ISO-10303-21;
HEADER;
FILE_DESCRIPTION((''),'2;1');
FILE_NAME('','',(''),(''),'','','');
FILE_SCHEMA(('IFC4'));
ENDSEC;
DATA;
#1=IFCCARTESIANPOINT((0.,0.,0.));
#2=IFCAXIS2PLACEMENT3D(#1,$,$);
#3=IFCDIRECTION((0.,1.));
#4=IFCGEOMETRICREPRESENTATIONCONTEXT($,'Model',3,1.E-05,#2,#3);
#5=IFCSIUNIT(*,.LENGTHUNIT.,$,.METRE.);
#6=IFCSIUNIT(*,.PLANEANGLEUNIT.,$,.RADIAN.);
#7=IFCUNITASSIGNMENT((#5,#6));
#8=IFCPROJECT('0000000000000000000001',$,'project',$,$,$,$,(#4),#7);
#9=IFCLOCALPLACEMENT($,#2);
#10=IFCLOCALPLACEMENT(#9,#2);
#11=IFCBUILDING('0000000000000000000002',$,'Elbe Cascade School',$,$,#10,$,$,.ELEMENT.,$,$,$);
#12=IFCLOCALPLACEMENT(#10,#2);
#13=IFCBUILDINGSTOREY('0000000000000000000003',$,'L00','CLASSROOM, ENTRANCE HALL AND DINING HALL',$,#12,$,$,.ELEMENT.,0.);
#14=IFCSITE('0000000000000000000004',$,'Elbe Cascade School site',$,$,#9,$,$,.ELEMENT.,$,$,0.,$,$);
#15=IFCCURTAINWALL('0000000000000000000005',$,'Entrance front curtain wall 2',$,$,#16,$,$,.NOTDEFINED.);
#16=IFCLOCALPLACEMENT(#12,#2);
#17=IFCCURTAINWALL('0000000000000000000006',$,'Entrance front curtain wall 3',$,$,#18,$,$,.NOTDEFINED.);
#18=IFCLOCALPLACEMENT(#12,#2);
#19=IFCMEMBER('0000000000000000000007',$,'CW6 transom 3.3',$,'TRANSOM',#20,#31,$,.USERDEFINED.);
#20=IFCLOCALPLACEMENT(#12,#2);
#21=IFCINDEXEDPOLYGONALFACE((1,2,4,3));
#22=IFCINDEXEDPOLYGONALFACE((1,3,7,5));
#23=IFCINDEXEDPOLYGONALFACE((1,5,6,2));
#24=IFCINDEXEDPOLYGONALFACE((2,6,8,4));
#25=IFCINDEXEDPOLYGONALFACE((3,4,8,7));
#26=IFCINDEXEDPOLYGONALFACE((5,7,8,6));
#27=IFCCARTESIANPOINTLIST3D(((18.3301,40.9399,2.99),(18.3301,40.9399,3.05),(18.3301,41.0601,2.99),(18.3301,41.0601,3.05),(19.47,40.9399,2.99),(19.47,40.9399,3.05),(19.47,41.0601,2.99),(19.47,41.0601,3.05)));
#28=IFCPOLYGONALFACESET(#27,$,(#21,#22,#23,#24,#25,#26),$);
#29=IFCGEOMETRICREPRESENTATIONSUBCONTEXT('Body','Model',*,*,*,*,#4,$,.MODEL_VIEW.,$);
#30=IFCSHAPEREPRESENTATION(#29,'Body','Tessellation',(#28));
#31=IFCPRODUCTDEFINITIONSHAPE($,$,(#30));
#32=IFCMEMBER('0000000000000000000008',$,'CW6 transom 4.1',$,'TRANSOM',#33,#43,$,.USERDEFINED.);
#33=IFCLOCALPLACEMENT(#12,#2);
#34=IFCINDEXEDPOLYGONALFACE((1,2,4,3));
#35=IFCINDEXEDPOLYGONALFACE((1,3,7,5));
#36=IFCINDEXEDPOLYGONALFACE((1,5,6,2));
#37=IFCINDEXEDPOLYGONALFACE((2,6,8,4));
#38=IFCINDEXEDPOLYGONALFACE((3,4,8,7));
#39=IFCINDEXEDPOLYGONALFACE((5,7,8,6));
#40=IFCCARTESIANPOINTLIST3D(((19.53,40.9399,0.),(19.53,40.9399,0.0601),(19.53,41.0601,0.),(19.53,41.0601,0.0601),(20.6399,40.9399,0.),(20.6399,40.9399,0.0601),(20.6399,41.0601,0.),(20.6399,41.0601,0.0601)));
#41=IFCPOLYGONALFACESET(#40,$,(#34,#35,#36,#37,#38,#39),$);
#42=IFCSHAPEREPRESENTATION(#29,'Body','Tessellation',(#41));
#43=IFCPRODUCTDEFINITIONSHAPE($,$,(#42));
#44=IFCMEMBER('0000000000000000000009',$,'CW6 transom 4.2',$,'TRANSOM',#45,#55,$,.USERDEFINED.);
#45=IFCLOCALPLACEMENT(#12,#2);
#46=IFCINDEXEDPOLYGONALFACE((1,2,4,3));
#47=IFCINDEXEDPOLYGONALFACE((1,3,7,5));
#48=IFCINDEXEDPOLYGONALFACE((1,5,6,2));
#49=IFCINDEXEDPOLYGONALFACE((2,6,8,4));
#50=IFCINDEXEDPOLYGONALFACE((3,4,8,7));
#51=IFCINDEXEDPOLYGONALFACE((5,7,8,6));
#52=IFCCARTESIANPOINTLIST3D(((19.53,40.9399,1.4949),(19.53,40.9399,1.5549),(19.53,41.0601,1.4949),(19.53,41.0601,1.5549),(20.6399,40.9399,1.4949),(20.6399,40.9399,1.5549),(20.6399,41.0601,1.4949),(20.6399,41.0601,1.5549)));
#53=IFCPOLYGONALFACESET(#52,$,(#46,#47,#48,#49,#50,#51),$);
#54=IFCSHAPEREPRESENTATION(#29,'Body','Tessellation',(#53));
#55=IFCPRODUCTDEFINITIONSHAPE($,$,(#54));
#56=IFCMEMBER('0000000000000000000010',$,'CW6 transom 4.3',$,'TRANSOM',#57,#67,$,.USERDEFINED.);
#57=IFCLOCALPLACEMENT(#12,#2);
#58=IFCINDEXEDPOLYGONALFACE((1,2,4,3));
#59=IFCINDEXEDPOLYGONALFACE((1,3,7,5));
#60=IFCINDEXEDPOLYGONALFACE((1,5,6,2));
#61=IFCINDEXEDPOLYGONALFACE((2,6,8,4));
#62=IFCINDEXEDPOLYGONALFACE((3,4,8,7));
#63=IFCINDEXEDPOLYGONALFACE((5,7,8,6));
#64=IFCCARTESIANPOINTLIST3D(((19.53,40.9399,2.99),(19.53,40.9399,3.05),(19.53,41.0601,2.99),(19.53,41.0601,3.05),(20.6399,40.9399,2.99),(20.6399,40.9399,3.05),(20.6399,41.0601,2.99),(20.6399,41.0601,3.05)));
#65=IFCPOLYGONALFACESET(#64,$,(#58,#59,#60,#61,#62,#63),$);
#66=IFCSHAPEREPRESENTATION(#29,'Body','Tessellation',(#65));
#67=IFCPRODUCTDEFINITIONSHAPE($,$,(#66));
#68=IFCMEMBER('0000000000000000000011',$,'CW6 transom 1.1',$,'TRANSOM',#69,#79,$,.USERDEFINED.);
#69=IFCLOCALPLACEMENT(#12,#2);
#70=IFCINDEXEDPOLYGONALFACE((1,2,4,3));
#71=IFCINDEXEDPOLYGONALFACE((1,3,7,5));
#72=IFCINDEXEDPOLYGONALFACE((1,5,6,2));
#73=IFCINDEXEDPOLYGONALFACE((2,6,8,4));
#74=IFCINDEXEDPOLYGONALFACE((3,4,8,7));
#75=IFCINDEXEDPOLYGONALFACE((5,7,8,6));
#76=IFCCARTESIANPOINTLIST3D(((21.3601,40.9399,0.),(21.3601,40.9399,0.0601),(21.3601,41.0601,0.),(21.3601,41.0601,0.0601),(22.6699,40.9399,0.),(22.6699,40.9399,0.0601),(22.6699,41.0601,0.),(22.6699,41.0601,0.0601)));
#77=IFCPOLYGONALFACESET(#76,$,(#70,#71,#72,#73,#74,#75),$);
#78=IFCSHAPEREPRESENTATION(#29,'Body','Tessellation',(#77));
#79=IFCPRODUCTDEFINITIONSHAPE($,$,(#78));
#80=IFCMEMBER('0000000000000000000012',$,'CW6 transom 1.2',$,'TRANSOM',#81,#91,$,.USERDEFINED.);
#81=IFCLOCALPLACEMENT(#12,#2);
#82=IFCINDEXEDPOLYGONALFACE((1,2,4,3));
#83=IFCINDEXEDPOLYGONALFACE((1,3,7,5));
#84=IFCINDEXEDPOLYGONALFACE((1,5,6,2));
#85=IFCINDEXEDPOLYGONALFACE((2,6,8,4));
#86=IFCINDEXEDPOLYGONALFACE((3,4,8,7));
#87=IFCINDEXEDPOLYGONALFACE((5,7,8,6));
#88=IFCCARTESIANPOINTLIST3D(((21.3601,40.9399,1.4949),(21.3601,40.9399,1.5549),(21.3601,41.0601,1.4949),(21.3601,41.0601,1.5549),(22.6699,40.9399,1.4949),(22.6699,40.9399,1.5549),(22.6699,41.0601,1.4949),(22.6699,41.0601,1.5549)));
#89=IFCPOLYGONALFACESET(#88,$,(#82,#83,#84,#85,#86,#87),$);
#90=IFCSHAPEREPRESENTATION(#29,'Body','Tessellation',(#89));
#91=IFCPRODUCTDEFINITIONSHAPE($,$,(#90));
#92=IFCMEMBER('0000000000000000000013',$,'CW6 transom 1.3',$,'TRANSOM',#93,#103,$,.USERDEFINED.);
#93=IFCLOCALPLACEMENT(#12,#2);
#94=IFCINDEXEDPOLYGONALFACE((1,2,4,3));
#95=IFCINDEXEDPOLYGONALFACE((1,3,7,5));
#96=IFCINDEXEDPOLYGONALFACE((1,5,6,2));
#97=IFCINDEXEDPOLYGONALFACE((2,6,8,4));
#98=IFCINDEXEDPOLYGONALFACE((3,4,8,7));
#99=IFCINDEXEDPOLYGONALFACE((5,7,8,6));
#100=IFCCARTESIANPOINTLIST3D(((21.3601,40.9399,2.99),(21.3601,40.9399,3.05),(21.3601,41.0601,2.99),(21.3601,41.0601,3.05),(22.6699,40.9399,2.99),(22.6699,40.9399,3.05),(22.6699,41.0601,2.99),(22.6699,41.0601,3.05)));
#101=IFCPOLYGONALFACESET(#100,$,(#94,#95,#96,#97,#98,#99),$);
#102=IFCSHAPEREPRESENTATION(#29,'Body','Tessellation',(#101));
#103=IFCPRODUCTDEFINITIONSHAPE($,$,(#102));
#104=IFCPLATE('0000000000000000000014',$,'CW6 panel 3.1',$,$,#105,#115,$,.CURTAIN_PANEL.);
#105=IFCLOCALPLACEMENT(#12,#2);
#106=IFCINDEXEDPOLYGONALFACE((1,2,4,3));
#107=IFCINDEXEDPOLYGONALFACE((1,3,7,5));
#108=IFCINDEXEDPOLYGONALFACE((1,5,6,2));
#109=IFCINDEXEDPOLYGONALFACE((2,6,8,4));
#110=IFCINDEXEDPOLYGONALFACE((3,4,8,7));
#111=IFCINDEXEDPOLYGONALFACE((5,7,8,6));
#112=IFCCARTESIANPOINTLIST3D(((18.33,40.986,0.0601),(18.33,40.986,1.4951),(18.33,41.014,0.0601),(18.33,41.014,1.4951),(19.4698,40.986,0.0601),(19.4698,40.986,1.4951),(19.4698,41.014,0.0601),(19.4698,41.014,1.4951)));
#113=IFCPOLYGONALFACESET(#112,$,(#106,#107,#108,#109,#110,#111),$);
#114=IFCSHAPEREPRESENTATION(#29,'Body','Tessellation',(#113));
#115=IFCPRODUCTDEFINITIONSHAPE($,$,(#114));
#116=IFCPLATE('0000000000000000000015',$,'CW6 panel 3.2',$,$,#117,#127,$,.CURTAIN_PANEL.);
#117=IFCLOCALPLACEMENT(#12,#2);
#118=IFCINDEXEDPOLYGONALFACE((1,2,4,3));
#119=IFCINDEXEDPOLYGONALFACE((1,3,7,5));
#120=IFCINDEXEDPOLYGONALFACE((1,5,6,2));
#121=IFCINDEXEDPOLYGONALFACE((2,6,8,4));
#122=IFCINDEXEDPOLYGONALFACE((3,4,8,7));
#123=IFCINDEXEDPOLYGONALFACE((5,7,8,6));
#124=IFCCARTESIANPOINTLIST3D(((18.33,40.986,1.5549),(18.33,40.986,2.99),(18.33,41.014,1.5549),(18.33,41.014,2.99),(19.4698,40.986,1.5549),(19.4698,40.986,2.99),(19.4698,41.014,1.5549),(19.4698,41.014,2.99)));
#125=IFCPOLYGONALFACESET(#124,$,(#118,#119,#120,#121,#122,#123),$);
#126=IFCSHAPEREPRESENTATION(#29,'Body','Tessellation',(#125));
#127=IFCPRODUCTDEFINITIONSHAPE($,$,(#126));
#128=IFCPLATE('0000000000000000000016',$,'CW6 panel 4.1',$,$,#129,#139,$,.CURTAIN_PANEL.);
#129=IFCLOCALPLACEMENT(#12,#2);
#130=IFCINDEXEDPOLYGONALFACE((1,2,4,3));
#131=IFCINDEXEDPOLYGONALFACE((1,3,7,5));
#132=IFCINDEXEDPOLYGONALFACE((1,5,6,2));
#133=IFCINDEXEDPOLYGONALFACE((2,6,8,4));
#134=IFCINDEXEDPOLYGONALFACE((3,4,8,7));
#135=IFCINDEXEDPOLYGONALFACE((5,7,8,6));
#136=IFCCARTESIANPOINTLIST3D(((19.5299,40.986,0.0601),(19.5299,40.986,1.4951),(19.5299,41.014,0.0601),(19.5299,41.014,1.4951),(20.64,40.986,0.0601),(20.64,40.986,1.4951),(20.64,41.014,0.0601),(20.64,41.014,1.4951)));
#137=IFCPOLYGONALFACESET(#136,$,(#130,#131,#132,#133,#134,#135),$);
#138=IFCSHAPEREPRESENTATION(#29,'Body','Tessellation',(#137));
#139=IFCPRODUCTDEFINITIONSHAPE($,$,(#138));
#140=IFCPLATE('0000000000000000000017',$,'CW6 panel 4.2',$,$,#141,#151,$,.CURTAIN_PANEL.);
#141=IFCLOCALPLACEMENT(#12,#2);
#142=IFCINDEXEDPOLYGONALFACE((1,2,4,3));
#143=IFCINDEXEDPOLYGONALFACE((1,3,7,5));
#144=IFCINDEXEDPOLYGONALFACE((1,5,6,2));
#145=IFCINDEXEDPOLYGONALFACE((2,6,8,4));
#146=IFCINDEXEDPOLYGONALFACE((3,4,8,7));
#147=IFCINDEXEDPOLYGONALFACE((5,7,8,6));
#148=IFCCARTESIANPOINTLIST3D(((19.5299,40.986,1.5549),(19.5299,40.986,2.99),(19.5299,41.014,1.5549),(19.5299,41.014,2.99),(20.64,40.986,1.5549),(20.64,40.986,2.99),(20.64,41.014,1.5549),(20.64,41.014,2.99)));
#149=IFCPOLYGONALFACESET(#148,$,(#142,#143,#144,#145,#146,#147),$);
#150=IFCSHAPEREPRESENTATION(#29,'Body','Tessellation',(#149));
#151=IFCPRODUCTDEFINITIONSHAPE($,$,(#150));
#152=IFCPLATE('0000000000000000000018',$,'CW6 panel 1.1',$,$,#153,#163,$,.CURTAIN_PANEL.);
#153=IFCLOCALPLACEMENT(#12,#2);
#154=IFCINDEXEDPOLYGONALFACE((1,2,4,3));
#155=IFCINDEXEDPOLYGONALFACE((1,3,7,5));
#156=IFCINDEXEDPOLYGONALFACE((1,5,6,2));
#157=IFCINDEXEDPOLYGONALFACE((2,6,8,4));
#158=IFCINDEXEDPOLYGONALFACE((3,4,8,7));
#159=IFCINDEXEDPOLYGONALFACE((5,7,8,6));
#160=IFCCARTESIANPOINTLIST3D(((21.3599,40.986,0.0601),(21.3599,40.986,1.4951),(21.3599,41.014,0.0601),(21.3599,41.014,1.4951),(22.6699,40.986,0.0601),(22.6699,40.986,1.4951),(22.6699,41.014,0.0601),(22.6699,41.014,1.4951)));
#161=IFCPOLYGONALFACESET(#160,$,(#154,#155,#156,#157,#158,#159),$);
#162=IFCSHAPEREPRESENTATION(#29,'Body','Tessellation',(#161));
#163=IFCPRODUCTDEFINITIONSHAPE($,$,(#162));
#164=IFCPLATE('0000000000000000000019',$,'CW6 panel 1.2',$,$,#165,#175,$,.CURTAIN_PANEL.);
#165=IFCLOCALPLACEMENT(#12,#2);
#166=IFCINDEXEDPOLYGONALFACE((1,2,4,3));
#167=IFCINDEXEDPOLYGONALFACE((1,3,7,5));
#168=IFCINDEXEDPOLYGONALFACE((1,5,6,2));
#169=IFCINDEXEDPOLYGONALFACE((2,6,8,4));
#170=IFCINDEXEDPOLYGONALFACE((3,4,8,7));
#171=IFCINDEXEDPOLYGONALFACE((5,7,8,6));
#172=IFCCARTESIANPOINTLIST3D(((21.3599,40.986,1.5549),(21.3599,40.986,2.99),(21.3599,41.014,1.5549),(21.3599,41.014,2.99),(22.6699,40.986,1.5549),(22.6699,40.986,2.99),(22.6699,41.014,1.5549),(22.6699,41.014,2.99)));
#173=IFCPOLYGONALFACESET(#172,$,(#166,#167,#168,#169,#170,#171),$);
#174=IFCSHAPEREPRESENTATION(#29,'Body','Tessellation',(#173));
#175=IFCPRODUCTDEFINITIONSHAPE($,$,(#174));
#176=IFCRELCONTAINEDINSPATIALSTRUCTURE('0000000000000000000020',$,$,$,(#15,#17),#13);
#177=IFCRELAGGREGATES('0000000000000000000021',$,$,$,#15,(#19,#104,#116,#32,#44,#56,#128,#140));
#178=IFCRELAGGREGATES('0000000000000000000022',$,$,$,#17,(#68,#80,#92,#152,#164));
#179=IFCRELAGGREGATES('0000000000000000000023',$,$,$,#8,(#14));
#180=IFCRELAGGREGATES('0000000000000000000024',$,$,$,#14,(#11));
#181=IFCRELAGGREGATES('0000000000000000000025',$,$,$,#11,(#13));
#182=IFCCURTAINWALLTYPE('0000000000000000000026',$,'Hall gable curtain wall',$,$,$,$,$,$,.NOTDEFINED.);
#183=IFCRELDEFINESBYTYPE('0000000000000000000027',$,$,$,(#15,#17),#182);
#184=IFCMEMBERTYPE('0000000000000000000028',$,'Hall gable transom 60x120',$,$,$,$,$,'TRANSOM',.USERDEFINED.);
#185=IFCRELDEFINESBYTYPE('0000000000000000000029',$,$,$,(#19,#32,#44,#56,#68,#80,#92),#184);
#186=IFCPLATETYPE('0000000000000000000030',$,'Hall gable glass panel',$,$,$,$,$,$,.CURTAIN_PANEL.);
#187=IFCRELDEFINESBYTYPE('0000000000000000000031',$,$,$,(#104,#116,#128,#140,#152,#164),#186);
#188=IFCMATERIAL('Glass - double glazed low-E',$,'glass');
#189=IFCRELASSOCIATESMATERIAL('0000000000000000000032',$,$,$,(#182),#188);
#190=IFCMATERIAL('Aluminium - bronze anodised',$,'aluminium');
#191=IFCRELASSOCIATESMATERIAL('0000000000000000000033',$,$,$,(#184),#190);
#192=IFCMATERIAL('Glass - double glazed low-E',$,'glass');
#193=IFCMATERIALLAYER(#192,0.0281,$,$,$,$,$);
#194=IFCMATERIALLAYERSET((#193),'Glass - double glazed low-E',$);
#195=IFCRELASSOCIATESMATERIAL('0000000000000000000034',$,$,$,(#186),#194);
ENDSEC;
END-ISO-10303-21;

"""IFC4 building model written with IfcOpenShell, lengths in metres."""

from ifc_helpers import new_model, si_unit, direction, frame, origin, origin_2d, place, context, subcontext, project, spatial, rectangle, extrude, material, layer, layer_set, material_profile, profile_set, type_object, element, aggregate, save


model = new_model("IFC4")

# Units and contexts
model_context = context("Model", 3, precision=1e-05, world=origin(), true_north=direction((0.0, 1.0)))
body_context = subcontext(model_context, "Body", "Model", "MODEL_VIEW")
ifc_project = project(units=[si_unit("LENGTHUNIT", "METRE"), si_unit("PLANEANGLEUNIT", "RADIAN")], contexts=[model_context])

# Site, building, storey
site_placement = place(None, origin())
site = spatial("IfcSite", under=ifc_project, at=site_placement, Name="Elbe Cascade School site", CompositionType="ELEMENT", RefElevation=0.0)
building_placement = place(site_placement, origin())
building = spatial("IfcBuilding", under=site, at=building_placement, Name="Elbe Cascade School", CompositionType="ELEMENT")
storey_placement = place(building_placement, origin())
storey = spatial("IfcBuildingStorey", under=building, at=storey_placement, Name="L00", Description="CLASSROOM, ENTRANCE HALL AND DINING HALL", CompositionType="ELEMENT", Elevation=0.0)

# Curtain walls
ifc_material_1 = material(Name="Glass - double glazed low-E", Category="glass")
curtain_wall_type = type_object("IfcCurtainWallType", Name="Hall gable curtain wall", PredefinedType="NOTDEFINED", material=ifc_material_1)
curtain_wall_1_placement = place(storey_placement, origin())
curtain_wall_1 = element("IfcCurtainWall", 1, at=curtain_wall_1_placement, inside=storey, type_object=curtain_wall_type, Name="Entrance front curtain wall 2", PredefinedType="NOTDEFINED")
curtain_wall_2_placement = place(storey_placement, origin())
curtain_wall_2 = element("IfcCurtainWall", 2, at=curtain_wall_2_placement, inside=storey, type_object=curtain_wall_type, Name="Entrance front curtain wall 3", PredefinedType="NOTDEFINED")

# Members
ifc_material_2 = material(Name="Aluminium - bronze anodised", Category="aluminium")
ifc_material_profile_1 = material_profile(ifc_material_2, rectangle(XDim=0.1201, YDim=0.0601, at=origin_2d()), Name="Alu 60x120")
ifc_profile_set_1 = profile_set([ifc_material_profile_1], Name="Aluminium - bronze anodised")
member_type_1 = type_object("IfcMemberType", Name="Hall gable transom 60x120", ElementType="TRANSOM", PredefinedType="USERDEFINED", material=ifc_profile_set_1)
member_1_placement = place(storey_placement, frame((18.3301, 41.0, 3.02), z_axis=(1.0, 0.0, 0.0), x_axis=(0.0, 1.0, 0.0)))
member_1 = element("IfcMember", 3, at=member_1_placement, type_object=member_type_1, Name="CW6 transom 3.3", ObjectType="TRANSOM", PredefinedType="USERDEFINED", context=body_context, shape_type="SweptSolid", body=[
    extrude(rectangle(XDim=0.1201, YDim=0.0601, at=origin_2d()), origin(), (0.0, 0.0, 1.0), 1.1399),
])
member_2_placement = place(storey_placement, frame((19.53, 41.0, 0.03), z_axis=(1.0, 0.0, 0.0), x_axis=(0.0, 1.0, 0.0)))
member_2 = element("IfcMember", 4, at=member_2_placement, type_object=member_type_1, Name="CW6 transom 4.1", ObjectType="TRANSOM", PredefinedType="USERDEFINED", context=body_context, shape_type="SweptSolid", body=[
    extrude(rectangle(XDim=0.1201, YDim=0.0601, at=origin_2d()), origin(), (0.0, 0.0, 1.0), 1.1099),
])
member_3_placement = place(storey_placement, frame((19.53, 41.0, 1.5249), z_axis=(1.0, 0.0, 0.0), x_axis=(0.0, 1.0, 0.0)))
member_3 = element("IfcMember", 5, at=member_3_placement, type_object=member_type_1, Name="CW6 transom 4.2", ObjectType="TRANSOM", PredefinedType="USERDEFINED", context=body_context, shape_type="SweptSolid", body=[
    extrude(rectangle(XDim=0.1201, YDim=0.0601, at=origin_2d()), origin(), (0.0, 0.0, 1.0), 1.1099),
])
member_4_placement = place(storey_placement, frame((19.53, 41.0, 3.02), z_axis=(1.0, 0.0, 0.0), x_axis=(0.0, 1.0, 0.0)))
member_4 = element("IfcMember", 6, at=member_4_placement, type_object=member_type_1, Name="CW6 transom 4.3", ObjectType="TRANSOM", PredefinedType="USERDEFINED", context=body_context, shape_type="SweptSolid", body=[
    extrude(rectangle(XDim=0.1201, YDim=0.0601, at=origin_2d()), origin(), (0.0, 0.0, 1.0), 1.1099),
])
member_5_placement = place(storey_placement, frame((21.3601, 41.0, 0.03), z_axis=(1.0, 0.0, 0.0), x_axis=(0.0, 1.0, 0.0)))
member_5 = element("IfcMember", 7, at=member_5_placement, type_object=member_type_1, Name="CW6 transom 1.1", ObjectType="TRANSOM", PredefinedType="USERDEFINED", context=body_context, shape_type="SweptSolid", body=[
    extrude(rectangle(XDim=0.1201, YDim=0.0601, at=origin_2d()), origin(), (0.0, 0.0, 1.0), 1.3098),
])
member_6_placement = place(storey_placement, frame((21.3601, 41.0, 1.5249), z_axis=(1.0, 0.0, 0.0), x_axis=(0.0, 1.0, 0.0)))
member_6 = element("IfcMember", 8, at=member_6_placement, type_object=member_type_1, Name="CW6 transom 1.2", ObjectType="TRANSOM", PredefinedType="USERDEFINED", context=body_context, shape_type="SweptSolid", body=[
    extrude(rectangle(XDim=0.1201, YDim=0.0601, at=origin_2d()), origin(), (0.0, 0.0, 1.0), 1.3098),
])
member_7_placement = place(storey_placement, frame((21.3601, 41.0, 3.02), z_axis=(1.0, 0.0, 0.0), x_axis=(0.0, 1.0, 0.0)))
member_7 = element("IfcMember", 9, at=member_7_placement, type_object=member_type_1, Name="CW6 transom 1.3", ObjectType="TRANSOM", PredefinedType="USERDEFINED", context=body_context, shape_type="SweptSolid", body=[
    extrude(rectangle(XDim=0.1201, YDim=0.0601, at=origin_2d()), origin(), (0.0, 0.0, 1.0), 1.3098),
])

# Plates
ifc_material_3 = material(Name="Glass - double glazed low-E", Category="glass")
ifc_layer = layer(ifc_material_3, 0.0281)
ifc_layer_set = layer_set([ifc_layer], Name="Glass - double glazed low-E")
plate_type = type_object("IfcPlateType", Name="Hall gable glass panel", PredefinedType="CURTAIN_PANEL", material=ifc_layer_set)
plate_1_placement = place(storey_placement, frame((18.8999, 41.0, 0.0601), z_axis=(0.0, 0.0, 1.0), x_axis=(1.0, 0.0, 0.0)))
plate_1 = element("IfcPlate", 10, at=plate_1_placement, type_object=plate_type, Name="CW6 panel 3.1", PredefinedType="CURTAIN_PANEL", context=body_context, shape_type="SweptSolid", body=[
    extrude(rectangle(XDim=1.1399, YDim=0.0281, at=origin_2d()), origin(), (0.0, 0.0, 1.0), 1.4351),
])
plate_2_placement = place(storey_placement, frame((18.8999, 41.0, 1.5549), z_axis=(0.0, 0.0, 1.0), x_axis=(1.0, 0.0, 0.0)))
plate_2 = element("IfcPlate", 11, at=plate_2_placement, type_object=plate_type, Name="CW6 panel 3.2", PredefinedType="CURTAIN_PANEL", context=body_context, shape_type="SweptSolid", body=[
    extrude(rectangle(XDim=1.1399, YDim=0.0281, at=origin_2d()), origin(), (0.0, 0.0, 1.0), 1.4351),
])
plate_3_placement = place(storey_placement, frame((20.085, 41.0, 0.0601), z_axis=(0.0, 0.0, 1.0), x_axis=(1.0, 0.0, 0.0)))
plate_3 = element("IfcPlate", 12, at=plate_3_placement, type_object=plate_type, Name="CW6 panel 4.1", PredefinedType="CURTAIN_PANEL", context=body_context, shape_type="SweptSolid", body=[
    extrude(rectangle(XDim=1.1101, YDim=0.0281, at=origin_2d()), origin(), (0.0, 0.0, 1.0), 1.4351),
])
plate_4_placement = place(storey_placement, frame((20.085, 41.0, 1.5549), z_axis=(0.0, 0.0, 1.0), x_axis=(1.0, 0.0, 0.0)))
plate_4 = element("IfcPlate", 13, at=plate_4_placement, type_object=plate_type, Name="CW6 panel 4.2", PredefinedType="CURTAIN_PANEL", context=body_context, shape_type="SweptSolid", body=[
    extrude(rectangle(XDim=1.1101, YDim=0.0281, at=origin_2d()), origin(), (0.0, 0.0, 1.0), 1.4351),
])
aggregate(curtain_wall_1, [member_1, plate_1, plate_2, member_2, member_3, member_4, plate_3, plate_4])
plate_5_placement = place(storey_placement, frame((22.0149, 41.0, 0.0601), z_axis=(0.0, 0.0, 1.0), x_axis=(1.0, 0.0, 0.0)))
plate_5 = element("IfcPlate", 14, at=plate_5_placement, type_object=plate_type, Name="CW6 panel 1.1", PredefinedType="CURTAIN_PANEL", context=body_context, shape_type="SweptSolid", body=[
    extrude(rectangle(XDim=1.3101, YDim=0.0281, at=origin_2d()), origin(), (0.0, 0.0, 1.0), 1.4351),
])
plate_6_placement = place(storey_placement, frame((22.0149, 41.0, 1.5549), z_axis=(0.0, 0.0, 1.0), x_axis=(1.0, 0.0, 0.0)))
plate_6 = element("IfcPlate", 15, at=plate_6_placement, type_object=plate_type, Name="CW6 panel 1.2", PredefinedType="CURTAIN_PANEL", context=body_context, shape_type="SweptSolid", body=[
    extrude(rectangle(XDim=1.3101, YDim=0.0281, at=origin_2d()), origin(), (0.0, 0.0, 1.0), 1.4351),
])
aggregate(curtain_wall_2, [member_5, member_6, member_7, plate_5, plate_6])

save(model, "model.ifc")
